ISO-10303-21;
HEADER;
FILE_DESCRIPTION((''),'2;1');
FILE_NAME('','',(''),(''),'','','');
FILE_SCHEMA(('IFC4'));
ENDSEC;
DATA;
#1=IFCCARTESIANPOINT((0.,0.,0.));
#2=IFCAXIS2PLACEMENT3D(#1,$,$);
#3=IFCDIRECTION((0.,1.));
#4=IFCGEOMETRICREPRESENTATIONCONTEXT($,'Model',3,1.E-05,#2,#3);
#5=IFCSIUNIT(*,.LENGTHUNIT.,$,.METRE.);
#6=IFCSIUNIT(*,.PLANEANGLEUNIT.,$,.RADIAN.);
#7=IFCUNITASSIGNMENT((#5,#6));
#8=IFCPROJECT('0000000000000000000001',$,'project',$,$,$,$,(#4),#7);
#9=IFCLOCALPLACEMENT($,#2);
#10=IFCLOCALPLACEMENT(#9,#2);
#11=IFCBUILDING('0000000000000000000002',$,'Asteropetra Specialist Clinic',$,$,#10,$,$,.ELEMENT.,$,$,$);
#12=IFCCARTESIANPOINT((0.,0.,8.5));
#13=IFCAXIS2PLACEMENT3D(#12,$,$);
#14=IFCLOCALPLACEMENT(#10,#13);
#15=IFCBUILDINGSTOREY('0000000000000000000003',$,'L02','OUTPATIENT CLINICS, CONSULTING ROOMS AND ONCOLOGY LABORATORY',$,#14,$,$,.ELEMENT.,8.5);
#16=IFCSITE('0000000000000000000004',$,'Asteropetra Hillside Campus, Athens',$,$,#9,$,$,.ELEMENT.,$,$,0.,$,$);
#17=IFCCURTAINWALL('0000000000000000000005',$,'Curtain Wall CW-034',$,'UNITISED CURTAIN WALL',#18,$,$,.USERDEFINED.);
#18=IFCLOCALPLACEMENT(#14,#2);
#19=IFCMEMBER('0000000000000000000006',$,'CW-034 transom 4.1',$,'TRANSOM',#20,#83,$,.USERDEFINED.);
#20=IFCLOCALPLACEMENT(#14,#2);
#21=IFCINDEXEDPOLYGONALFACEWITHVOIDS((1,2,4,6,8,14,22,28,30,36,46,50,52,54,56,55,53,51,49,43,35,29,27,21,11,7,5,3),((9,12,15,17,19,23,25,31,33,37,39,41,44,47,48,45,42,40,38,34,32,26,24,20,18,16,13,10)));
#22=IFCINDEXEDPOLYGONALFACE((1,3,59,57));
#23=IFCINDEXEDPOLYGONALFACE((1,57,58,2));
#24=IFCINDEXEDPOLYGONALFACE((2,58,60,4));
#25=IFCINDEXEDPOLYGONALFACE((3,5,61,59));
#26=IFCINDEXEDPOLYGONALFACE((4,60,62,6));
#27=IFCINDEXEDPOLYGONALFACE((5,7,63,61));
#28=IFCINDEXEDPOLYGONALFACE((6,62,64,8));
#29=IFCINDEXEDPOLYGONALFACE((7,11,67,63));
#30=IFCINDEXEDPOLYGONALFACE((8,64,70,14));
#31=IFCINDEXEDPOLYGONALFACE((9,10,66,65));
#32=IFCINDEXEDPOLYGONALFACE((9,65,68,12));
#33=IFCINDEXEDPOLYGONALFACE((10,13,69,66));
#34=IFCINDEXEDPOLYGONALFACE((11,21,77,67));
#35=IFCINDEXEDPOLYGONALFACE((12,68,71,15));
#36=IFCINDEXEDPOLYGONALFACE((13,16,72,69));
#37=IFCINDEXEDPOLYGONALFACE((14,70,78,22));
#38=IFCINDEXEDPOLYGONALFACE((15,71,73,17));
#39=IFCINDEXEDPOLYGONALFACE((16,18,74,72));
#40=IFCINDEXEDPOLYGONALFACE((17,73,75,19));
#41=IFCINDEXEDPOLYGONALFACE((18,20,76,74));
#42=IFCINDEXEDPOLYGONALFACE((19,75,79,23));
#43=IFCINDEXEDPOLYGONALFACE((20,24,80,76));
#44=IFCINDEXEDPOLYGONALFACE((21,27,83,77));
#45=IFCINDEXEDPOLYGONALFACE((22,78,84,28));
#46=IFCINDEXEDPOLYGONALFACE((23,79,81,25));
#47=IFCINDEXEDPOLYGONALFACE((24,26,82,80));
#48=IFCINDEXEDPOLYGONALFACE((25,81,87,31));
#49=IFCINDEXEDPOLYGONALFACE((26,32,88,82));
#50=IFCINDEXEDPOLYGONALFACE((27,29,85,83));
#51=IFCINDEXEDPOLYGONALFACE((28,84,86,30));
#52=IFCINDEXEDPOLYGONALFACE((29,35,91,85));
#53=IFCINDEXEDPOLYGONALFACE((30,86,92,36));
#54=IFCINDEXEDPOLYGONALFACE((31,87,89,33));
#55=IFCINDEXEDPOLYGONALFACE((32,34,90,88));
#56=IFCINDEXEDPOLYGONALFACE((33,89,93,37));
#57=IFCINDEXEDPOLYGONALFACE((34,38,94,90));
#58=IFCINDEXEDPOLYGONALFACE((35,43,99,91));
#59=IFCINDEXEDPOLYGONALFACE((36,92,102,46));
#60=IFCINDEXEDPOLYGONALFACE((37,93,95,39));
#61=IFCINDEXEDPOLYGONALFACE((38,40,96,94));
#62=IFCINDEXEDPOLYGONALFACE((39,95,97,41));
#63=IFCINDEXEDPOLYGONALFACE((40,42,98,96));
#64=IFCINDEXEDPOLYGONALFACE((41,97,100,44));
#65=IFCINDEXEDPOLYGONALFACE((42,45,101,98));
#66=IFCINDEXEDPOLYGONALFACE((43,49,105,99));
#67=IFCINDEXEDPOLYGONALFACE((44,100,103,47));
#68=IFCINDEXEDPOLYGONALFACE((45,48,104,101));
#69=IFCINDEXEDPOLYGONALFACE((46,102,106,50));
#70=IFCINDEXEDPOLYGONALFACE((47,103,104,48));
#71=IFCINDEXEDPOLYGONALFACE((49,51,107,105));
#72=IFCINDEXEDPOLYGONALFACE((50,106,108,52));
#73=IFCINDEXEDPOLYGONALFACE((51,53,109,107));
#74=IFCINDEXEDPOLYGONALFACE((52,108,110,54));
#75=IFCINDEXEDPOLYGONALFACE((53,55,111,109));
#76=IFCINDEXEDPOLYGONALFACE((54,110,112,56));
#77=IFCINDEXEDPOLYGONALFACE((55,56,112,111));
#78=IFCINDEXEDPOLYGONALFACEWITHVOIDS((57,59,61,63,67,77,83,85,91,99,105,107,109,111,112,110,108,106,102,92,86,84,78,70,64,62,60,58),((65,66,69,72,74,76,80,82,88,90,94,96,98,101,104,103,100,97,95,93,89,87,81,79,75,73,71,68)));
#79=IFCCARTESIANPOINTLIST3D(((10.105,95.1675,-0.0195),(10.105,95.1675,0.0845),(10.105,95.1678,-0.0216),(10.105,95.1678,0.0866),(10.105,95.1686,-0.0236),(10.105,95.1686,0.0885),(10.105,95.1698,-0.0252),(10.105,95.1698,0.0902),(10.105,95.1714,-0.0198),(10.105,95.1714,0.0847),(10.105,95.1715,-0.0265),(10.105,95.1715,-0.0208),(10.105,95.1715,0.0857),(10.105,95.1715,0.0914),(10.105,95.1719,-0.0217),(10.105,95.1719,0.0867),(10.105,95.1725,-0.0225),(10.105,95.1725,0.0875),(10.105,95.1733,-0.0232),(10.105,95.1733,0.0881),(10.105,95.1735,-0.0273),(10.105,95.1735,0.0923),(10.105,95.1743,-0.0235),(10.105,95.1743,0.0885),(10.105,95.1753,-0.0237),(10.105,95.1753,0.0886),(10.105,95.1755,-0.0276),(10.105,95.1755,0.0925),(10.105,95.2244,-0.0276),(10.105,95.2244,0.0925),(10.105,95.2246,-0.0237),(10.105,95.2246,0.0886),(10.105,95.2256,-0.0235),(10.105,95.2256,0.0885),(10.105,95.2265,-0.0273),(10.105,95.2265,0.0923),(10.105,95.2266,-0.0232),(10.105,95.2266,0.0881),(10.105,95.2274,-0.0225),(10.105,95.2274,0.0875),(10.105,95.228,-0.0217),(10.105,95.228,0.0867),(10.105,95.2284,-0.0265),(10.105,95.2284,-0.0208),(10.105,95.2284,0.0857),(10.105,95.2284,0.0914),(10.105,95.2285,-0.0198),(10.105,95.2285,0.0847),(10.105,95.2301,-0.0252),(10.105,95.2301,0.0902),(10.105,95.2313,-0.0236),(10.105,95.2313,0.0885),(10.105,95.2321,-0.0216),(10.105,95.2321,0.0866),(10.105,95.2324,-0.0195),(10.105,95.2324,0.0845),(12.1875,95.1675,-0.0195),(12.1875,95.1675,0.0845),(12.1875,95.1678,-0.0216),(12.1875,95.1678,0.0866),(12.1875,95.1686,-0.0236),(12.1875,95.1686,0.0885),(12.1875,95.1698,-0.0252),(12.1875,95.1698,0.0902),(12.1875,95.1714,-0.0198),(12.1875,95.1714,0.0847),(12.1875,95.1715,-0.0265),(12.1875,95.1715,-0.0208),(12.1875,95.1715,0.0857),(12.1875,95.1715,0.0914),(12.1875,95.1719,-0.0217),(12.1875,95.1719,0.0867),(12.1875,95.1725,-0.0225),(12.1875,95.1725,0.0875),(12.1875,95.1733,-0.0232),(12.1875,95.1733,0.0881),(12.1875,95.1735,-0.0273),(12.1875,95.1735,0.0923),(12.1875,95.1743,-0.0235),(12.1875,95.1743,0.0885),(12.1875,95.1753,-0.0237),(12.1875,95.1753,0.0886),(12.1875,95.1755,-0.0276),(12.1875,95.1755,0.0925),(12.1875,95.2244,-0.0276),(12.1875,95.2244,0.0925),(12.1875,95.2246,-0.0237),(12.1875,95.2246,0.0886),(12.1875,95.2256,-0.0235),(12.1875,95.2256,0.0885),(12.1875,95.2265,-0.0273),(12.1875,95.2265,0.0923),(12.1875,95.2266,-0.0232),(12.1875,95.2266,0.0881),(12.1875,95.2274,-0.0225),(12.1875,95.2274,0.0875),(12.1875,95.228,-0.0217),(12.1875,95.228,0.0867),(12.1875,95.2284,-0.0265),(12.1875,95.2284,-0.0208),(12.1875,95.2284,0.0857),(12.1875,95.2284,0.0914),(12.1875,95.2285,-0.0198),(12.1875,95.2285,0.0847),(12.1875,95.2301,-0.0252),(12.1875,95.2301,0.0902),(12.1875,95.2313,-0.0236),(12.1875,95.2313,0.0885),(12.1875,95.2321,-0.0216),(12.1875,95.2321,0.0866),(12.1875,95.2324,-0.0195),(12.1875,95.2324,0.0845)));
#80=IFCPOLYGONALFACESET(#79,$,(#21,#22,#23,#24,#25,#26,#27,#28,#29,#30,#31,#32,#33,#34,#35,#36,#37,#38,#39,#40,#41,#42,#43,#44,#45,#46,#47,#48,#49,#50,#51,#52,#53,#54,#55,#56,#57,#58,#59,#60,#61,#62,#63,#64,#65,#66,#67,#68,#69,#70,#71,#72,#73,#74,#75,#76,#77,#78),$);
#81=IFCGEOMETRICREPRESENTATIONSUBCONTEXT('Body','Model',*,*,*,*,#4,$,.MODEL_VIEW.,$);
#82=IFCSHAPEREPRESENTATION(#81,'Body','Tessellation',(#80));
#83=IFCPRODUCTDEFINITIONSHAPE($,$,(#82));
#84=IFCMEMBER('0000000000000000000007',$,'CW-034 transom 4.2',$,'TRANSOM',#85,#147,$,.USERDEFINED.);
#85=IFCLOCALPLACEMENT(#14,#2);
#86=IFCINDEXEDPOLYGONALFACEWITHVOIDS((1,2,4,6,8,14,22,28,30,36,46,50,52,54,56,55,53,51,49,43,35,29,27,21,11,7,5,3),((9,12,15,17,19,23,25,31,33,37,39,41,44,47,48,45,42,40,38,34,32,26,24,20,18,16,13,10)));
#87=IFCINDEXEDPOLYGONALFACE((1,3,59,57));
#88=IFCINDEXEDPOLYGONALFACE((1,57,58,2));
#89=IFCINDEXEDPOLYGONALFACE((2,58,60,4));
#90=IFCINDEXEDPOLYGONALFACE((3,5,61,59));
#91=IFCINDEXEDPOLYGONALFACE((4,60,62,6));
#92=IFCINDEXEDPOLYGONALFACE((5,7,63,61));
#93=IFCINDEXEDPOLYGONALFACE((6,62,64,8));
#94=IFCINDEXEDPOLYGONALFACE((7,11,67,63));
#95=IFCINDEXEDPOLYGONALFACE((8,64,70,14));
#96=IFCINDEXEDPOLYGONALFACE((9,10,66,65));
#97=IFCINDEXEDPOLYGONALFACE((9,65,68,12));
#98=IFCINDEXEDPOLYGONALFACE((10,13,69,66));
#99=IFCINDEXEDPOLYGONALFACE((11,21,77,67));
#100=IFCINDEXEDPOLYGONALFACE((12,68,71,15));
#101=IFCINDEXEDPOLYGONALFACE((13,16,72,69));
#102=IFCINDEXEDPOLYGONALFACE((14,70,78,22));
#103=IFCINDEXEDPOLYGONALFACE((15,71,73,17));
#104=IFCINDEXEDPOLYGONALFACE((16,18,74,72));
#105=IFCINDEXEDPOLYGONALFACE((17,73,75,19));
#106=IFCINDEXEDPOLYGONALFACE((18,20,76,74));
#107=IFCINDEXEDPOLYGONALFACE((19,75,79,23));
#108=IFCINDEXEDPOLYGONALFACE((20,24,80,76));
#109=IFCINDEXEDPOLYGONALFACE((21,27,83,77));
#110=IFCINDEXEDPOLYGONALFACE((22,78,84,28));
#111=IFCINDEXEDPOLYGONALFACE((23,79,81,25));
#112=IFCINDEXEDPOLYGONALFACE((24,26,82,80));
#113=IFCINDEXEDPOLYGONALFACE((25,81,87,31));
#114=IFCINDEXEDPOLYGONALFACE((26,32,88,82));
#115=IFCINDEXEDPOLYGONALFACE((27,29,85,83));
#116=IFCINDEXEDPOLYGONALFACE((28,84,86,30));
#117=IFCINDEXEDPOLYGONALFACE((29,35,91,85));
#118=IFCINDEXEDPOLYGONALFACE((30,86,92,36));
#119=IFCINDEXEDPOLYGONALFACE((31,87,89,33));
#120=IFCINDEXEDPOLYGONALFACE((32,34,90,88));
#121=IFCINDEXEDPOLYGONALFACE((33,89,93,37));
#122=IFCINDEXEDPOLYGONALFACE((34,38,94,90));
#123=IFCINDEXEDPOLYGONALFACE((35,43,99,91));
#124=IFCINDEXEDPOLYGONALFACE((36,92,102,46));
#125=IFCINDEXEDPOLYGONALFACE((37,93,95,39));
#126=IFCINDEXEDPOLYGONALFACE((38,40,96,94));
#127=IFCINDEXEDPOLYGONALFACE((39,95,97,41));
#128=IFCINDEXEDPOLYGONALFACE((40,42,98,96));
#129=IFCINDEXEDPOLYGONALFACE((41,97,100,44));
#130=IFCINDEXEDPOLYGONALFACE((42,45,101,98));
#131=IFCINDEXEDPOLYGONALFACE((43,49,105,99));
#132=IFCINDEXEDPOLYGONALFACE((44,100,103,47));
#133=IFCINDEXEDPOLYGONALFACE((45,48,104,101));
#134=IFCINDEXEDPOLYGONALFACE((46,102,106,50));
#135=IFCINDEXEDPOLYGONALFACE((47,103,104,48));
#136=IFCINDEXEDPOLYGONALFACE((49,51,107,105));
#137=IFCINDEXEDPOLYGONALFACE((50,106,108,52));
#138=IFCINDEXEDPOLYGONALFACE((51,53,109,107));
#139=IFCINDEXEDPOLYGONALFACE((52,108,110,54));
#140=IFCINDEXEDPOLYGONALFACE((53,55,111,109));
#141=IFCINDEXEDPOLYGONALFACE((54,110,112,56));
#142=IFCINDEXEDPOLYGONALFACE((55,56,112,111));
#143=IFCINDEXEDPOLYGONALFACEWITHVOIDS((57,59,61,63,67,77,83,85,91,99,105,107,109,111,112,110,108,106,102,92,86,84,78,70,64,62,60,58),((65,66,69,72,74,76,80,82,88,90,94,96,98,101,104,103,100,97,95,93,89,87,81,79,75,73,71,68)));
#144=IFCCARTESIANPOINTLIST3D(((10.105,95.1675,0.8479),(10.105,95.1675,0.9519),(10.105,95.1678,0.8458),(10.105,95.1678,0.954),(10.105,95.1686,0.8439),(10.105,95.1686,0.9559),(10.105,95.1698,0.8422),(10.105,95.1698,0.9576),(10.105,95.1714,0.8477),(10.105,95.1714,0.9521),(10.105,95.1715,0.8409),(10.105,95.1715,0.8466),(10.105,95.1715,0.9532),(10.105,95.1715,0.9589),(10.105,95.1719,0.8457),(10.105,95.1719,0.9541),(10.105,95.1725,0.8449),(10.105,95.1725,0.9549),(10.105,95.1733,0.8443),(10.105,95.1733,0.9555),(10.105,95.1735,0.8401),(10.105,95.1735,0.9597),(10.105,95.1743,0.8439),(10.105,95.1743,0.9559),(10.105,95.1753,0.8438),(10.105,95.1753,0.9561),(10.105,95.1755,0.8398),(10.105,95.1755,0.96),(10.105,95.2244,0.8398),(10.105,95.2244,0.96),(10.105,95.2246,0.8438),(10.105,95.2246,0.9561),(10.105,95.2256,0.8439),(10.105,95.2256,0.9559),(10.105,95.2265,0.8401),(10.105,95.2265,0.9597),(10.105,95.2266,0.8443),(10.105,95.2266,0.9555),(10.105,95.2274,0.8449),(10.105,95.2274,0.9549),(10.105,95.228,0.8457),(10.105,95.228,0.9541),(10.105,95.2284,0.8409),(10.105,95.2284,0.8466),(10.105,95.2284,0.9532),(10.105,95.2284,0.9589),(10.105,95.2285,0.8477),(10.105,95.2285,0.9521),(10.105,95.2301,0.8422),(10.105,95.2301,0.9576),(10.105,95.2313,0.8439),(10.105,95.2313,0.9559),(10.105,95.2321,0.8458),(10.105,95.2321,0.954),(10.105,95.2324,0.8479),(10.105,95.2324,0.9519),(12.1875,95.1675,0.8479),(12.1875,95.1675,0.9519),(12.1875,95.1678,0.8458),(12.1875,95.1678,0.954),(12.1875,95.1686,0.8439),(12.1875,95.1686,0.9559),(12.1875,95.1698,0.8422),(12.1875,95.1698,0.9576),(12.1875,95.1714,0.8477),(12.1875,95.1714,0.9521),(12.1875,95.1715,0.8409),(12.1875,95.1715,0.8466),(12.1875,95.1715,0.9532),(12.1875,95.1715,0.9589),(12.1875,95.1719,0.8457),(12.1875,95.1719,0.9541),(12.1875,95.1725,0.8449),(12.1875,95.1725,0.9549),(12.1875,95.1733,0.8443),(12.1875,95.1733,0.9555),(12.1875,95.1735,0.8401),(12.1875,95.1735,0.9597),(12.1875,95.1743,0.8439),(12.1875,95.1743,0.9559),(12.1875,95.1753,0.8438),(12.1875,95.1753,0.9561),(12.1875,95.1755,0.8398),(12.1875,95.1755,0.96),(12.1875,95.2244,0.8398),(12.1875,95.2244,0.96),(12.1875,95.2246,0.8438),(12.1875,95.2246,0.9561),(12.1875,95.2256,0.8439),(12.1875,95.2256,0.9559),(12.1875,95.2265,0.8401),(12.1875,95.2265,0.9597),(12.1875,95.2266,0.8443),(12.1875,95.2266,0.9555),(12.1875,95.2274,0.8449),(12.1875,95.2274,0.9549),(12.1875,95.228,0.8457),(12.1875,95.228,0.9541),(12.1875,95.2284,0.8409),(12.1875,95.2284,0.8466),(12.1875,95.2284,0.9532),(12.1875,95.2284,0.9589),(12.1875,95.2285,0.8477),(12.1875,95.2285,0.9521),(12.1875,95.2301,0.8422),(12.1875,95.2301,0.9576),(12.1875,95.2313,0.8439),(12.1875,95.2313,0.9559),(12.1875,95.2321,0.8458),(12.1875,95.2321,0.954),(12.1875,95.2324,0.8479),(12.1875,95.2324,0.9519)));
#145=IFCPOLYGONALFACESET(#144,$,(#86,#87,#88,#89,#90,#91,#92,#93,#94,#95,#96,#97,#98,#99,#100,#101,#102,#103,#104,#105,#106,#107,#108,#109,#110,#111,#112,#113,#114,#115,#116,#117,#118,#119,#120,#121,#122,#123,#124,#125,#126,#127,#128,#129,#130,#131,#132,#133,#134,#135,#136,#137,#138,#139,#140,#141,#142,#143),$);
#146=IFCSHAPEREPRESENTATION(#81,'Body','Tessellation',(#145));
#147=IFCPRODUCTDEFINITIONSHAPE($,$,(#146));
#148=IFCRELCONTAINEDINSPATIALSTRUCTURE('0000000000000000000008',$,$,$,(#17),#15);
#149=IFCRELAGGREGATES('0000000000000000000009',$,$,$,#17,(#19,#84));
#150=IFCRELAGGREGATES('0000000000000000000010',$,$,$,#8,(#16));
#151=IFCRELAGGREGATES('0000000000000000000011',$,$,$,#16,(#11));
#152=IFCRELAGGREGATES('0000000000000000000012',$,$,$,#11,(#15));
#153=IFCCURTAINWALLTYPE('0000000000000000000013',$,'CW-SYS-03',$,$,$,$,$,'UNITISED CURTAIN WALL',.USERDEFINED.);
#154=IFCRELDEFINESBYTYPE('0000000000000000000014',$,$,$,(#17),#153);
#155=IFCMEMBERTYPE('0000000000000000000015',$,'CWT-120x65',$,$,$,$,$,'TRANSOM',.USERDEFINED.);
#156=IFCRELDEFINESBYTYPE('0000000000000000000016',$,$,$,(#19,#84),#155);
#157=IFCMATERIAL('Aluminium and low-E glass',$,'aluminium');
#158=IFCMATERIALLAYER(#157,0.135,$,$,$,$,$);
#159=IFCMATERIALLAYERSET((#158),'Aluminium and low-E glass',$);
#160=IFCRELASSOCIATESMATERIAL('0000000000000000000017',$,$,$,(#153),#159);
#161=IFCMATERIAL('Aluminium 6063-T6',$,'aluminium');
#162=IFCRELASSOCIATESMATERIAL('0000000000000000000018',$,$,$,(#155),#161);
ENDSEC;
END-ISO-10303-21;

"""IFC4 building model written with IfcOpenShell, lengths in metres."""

from ifc_helpers import new_model, si_unit, direction, frame, origin, origin_2d, place, context, subcontext, project, spatial, hollow_rectangle, extrude, material, layer, layer_set, material_profile, profile_set, type_object, element, aggregate, save


model = new_model("IFC4")

# Units and contexts
model_context = context("Model", 3, precision=1e-05, world=origin(), true_north=direction((0.0, 1.0)))
body_context = subcontext(model_context, "Body", "Model", "MODEL_VIEW")
ifc_project = project(units=[si_unit("LENGTHUNIT", "METRE"), si_unit("PLANEANGLEUNIT", "RADIAN")], contexts=[model_context])

# Site, building, storey
site_placement = place(None, origin())
site = spatial("IfcSite", under=ifc_project, at=site_placement, Name="Asteropetra Hillside Campus, Athens", CompositionType="ELEMENT", RefElevation=0.0)
building_placement = place(site_placement, origin())
building = spatial("IfcBuilding", under=site, at=building_placement, Name="Asteropetra Specialist Clinic", CompositionType="ELEMENT")
storey_placement = place(building_placement, frame((0.0, 0.0, 8.5)))
storey = spatial("IfcBuildingStorey", under=building, at=storey_placement, Name="L02", Description="OUTPATIENT CLINICS, CONSULTING ROOMS AND ONCOLOGY LABORATORY", CompositionType="ELEMENT", Elevation=8.5)

# Curtain wall, members
ifc_material_1 = material(Name="Aluminium and low-E glass", Category="aluminium")
ifc_layer_1 = layer(ifc_material_1, 0.135)
ifc_layer_set_1 = layer_set([ifc_layer_1], Name="Aluminium and low-E glass")
curtain_wall_type = type_object("IfcCurtainWallType", Name="CW-SYS-03", ElementType="UNITISED CURTAIN WALL", PredefinedType="USERDEFINED", material=ifc_layer_set_1)
curtain_wall_placement = place(storey_placement, origin())
curtain_wall = element("IfcCurtainWall", 1, at=curtain_wall_placement, inside=storey, type_object=curtain_wall_type, Name="Curtain Wall CW-034", ObjectType="UNITISED CURTAIN WALL", PredefinedType="USERDEFINED")
ifc_material_2 = material(Name="Aluminium 6063-T6", Category="aluminium")
ifc_material_profile_1 = material_profile(ifc_material_2, hollow_rectangle(XDim=0.0649, YDim=0.1201, WallThickness=0.0039, InnerFilletRadius=0.0039, OuterFilletRadius=0.0081, at=origin_2d()), Name="TRN 120x65x4.0")
ifc_profile_set_1 = profile_set([ifc_material_profile_1], Name="Aluminium 6063-T6")
member_type_1 = type_object("IfcMemberType", Name="CWT-120x65", ElementType="TRANSOM", PredefinedType="USERDEFINED", material=ifc_profile_set_1)
member_1_placement = place(storey_placement, frame((12.1875, 95.2, 0.0325), z_axis=(-1.0, 0.0, 0.0), x_axis=(0.0, -1.0, 0.0)))
member_1 = element("IfcMember", 2, at=member_1_placement, type_object=member_type_1, Name="CW-034 transom 4.1", ObjectType="TRANSOM", PredefinedType="USERDEFINED", context=body_context, shape_type="SweptSolid", body=[
    extrude(hollow_rectangle(XDim=0.0649, YDim=0.1201, WallThickness=0.0039, InnerFilletRadius=0.0039, OuterFilletRadius=0.0081, at=origin_2d()), origin(), (0.0, 0.0, 1.0), 2.0825),
])
member_2_placement = place(storey_placement, frame((12.1875, 95.2, 0.8999), z_axis=(-1.0, 0.0, 0.0), x_axis=(0.0, -1.0, 0.0)))
member_2 = element("IfcMember", 3, at=member_2_placement, type_object=member_type_1, Name="CW-034 transom 4.2", ObjectType="TRANSOM", PredefinedType="USERDEFINED", context=body_context, shape_type="SweptSolid", body=[
    extrude(hollow_rectangle(XDim=0.0649, YDim=0.1201, WallThickness=0.0039, InnerFilletRadius=0.0039, OuterFilletRadius=0.0081, at=origin_2d()), origin(), (0.0, 0.0, 1.0), 2.0825),
])

aggregate(curtain_wall, [member_1, member_2])

save(model, "model.ifc")
